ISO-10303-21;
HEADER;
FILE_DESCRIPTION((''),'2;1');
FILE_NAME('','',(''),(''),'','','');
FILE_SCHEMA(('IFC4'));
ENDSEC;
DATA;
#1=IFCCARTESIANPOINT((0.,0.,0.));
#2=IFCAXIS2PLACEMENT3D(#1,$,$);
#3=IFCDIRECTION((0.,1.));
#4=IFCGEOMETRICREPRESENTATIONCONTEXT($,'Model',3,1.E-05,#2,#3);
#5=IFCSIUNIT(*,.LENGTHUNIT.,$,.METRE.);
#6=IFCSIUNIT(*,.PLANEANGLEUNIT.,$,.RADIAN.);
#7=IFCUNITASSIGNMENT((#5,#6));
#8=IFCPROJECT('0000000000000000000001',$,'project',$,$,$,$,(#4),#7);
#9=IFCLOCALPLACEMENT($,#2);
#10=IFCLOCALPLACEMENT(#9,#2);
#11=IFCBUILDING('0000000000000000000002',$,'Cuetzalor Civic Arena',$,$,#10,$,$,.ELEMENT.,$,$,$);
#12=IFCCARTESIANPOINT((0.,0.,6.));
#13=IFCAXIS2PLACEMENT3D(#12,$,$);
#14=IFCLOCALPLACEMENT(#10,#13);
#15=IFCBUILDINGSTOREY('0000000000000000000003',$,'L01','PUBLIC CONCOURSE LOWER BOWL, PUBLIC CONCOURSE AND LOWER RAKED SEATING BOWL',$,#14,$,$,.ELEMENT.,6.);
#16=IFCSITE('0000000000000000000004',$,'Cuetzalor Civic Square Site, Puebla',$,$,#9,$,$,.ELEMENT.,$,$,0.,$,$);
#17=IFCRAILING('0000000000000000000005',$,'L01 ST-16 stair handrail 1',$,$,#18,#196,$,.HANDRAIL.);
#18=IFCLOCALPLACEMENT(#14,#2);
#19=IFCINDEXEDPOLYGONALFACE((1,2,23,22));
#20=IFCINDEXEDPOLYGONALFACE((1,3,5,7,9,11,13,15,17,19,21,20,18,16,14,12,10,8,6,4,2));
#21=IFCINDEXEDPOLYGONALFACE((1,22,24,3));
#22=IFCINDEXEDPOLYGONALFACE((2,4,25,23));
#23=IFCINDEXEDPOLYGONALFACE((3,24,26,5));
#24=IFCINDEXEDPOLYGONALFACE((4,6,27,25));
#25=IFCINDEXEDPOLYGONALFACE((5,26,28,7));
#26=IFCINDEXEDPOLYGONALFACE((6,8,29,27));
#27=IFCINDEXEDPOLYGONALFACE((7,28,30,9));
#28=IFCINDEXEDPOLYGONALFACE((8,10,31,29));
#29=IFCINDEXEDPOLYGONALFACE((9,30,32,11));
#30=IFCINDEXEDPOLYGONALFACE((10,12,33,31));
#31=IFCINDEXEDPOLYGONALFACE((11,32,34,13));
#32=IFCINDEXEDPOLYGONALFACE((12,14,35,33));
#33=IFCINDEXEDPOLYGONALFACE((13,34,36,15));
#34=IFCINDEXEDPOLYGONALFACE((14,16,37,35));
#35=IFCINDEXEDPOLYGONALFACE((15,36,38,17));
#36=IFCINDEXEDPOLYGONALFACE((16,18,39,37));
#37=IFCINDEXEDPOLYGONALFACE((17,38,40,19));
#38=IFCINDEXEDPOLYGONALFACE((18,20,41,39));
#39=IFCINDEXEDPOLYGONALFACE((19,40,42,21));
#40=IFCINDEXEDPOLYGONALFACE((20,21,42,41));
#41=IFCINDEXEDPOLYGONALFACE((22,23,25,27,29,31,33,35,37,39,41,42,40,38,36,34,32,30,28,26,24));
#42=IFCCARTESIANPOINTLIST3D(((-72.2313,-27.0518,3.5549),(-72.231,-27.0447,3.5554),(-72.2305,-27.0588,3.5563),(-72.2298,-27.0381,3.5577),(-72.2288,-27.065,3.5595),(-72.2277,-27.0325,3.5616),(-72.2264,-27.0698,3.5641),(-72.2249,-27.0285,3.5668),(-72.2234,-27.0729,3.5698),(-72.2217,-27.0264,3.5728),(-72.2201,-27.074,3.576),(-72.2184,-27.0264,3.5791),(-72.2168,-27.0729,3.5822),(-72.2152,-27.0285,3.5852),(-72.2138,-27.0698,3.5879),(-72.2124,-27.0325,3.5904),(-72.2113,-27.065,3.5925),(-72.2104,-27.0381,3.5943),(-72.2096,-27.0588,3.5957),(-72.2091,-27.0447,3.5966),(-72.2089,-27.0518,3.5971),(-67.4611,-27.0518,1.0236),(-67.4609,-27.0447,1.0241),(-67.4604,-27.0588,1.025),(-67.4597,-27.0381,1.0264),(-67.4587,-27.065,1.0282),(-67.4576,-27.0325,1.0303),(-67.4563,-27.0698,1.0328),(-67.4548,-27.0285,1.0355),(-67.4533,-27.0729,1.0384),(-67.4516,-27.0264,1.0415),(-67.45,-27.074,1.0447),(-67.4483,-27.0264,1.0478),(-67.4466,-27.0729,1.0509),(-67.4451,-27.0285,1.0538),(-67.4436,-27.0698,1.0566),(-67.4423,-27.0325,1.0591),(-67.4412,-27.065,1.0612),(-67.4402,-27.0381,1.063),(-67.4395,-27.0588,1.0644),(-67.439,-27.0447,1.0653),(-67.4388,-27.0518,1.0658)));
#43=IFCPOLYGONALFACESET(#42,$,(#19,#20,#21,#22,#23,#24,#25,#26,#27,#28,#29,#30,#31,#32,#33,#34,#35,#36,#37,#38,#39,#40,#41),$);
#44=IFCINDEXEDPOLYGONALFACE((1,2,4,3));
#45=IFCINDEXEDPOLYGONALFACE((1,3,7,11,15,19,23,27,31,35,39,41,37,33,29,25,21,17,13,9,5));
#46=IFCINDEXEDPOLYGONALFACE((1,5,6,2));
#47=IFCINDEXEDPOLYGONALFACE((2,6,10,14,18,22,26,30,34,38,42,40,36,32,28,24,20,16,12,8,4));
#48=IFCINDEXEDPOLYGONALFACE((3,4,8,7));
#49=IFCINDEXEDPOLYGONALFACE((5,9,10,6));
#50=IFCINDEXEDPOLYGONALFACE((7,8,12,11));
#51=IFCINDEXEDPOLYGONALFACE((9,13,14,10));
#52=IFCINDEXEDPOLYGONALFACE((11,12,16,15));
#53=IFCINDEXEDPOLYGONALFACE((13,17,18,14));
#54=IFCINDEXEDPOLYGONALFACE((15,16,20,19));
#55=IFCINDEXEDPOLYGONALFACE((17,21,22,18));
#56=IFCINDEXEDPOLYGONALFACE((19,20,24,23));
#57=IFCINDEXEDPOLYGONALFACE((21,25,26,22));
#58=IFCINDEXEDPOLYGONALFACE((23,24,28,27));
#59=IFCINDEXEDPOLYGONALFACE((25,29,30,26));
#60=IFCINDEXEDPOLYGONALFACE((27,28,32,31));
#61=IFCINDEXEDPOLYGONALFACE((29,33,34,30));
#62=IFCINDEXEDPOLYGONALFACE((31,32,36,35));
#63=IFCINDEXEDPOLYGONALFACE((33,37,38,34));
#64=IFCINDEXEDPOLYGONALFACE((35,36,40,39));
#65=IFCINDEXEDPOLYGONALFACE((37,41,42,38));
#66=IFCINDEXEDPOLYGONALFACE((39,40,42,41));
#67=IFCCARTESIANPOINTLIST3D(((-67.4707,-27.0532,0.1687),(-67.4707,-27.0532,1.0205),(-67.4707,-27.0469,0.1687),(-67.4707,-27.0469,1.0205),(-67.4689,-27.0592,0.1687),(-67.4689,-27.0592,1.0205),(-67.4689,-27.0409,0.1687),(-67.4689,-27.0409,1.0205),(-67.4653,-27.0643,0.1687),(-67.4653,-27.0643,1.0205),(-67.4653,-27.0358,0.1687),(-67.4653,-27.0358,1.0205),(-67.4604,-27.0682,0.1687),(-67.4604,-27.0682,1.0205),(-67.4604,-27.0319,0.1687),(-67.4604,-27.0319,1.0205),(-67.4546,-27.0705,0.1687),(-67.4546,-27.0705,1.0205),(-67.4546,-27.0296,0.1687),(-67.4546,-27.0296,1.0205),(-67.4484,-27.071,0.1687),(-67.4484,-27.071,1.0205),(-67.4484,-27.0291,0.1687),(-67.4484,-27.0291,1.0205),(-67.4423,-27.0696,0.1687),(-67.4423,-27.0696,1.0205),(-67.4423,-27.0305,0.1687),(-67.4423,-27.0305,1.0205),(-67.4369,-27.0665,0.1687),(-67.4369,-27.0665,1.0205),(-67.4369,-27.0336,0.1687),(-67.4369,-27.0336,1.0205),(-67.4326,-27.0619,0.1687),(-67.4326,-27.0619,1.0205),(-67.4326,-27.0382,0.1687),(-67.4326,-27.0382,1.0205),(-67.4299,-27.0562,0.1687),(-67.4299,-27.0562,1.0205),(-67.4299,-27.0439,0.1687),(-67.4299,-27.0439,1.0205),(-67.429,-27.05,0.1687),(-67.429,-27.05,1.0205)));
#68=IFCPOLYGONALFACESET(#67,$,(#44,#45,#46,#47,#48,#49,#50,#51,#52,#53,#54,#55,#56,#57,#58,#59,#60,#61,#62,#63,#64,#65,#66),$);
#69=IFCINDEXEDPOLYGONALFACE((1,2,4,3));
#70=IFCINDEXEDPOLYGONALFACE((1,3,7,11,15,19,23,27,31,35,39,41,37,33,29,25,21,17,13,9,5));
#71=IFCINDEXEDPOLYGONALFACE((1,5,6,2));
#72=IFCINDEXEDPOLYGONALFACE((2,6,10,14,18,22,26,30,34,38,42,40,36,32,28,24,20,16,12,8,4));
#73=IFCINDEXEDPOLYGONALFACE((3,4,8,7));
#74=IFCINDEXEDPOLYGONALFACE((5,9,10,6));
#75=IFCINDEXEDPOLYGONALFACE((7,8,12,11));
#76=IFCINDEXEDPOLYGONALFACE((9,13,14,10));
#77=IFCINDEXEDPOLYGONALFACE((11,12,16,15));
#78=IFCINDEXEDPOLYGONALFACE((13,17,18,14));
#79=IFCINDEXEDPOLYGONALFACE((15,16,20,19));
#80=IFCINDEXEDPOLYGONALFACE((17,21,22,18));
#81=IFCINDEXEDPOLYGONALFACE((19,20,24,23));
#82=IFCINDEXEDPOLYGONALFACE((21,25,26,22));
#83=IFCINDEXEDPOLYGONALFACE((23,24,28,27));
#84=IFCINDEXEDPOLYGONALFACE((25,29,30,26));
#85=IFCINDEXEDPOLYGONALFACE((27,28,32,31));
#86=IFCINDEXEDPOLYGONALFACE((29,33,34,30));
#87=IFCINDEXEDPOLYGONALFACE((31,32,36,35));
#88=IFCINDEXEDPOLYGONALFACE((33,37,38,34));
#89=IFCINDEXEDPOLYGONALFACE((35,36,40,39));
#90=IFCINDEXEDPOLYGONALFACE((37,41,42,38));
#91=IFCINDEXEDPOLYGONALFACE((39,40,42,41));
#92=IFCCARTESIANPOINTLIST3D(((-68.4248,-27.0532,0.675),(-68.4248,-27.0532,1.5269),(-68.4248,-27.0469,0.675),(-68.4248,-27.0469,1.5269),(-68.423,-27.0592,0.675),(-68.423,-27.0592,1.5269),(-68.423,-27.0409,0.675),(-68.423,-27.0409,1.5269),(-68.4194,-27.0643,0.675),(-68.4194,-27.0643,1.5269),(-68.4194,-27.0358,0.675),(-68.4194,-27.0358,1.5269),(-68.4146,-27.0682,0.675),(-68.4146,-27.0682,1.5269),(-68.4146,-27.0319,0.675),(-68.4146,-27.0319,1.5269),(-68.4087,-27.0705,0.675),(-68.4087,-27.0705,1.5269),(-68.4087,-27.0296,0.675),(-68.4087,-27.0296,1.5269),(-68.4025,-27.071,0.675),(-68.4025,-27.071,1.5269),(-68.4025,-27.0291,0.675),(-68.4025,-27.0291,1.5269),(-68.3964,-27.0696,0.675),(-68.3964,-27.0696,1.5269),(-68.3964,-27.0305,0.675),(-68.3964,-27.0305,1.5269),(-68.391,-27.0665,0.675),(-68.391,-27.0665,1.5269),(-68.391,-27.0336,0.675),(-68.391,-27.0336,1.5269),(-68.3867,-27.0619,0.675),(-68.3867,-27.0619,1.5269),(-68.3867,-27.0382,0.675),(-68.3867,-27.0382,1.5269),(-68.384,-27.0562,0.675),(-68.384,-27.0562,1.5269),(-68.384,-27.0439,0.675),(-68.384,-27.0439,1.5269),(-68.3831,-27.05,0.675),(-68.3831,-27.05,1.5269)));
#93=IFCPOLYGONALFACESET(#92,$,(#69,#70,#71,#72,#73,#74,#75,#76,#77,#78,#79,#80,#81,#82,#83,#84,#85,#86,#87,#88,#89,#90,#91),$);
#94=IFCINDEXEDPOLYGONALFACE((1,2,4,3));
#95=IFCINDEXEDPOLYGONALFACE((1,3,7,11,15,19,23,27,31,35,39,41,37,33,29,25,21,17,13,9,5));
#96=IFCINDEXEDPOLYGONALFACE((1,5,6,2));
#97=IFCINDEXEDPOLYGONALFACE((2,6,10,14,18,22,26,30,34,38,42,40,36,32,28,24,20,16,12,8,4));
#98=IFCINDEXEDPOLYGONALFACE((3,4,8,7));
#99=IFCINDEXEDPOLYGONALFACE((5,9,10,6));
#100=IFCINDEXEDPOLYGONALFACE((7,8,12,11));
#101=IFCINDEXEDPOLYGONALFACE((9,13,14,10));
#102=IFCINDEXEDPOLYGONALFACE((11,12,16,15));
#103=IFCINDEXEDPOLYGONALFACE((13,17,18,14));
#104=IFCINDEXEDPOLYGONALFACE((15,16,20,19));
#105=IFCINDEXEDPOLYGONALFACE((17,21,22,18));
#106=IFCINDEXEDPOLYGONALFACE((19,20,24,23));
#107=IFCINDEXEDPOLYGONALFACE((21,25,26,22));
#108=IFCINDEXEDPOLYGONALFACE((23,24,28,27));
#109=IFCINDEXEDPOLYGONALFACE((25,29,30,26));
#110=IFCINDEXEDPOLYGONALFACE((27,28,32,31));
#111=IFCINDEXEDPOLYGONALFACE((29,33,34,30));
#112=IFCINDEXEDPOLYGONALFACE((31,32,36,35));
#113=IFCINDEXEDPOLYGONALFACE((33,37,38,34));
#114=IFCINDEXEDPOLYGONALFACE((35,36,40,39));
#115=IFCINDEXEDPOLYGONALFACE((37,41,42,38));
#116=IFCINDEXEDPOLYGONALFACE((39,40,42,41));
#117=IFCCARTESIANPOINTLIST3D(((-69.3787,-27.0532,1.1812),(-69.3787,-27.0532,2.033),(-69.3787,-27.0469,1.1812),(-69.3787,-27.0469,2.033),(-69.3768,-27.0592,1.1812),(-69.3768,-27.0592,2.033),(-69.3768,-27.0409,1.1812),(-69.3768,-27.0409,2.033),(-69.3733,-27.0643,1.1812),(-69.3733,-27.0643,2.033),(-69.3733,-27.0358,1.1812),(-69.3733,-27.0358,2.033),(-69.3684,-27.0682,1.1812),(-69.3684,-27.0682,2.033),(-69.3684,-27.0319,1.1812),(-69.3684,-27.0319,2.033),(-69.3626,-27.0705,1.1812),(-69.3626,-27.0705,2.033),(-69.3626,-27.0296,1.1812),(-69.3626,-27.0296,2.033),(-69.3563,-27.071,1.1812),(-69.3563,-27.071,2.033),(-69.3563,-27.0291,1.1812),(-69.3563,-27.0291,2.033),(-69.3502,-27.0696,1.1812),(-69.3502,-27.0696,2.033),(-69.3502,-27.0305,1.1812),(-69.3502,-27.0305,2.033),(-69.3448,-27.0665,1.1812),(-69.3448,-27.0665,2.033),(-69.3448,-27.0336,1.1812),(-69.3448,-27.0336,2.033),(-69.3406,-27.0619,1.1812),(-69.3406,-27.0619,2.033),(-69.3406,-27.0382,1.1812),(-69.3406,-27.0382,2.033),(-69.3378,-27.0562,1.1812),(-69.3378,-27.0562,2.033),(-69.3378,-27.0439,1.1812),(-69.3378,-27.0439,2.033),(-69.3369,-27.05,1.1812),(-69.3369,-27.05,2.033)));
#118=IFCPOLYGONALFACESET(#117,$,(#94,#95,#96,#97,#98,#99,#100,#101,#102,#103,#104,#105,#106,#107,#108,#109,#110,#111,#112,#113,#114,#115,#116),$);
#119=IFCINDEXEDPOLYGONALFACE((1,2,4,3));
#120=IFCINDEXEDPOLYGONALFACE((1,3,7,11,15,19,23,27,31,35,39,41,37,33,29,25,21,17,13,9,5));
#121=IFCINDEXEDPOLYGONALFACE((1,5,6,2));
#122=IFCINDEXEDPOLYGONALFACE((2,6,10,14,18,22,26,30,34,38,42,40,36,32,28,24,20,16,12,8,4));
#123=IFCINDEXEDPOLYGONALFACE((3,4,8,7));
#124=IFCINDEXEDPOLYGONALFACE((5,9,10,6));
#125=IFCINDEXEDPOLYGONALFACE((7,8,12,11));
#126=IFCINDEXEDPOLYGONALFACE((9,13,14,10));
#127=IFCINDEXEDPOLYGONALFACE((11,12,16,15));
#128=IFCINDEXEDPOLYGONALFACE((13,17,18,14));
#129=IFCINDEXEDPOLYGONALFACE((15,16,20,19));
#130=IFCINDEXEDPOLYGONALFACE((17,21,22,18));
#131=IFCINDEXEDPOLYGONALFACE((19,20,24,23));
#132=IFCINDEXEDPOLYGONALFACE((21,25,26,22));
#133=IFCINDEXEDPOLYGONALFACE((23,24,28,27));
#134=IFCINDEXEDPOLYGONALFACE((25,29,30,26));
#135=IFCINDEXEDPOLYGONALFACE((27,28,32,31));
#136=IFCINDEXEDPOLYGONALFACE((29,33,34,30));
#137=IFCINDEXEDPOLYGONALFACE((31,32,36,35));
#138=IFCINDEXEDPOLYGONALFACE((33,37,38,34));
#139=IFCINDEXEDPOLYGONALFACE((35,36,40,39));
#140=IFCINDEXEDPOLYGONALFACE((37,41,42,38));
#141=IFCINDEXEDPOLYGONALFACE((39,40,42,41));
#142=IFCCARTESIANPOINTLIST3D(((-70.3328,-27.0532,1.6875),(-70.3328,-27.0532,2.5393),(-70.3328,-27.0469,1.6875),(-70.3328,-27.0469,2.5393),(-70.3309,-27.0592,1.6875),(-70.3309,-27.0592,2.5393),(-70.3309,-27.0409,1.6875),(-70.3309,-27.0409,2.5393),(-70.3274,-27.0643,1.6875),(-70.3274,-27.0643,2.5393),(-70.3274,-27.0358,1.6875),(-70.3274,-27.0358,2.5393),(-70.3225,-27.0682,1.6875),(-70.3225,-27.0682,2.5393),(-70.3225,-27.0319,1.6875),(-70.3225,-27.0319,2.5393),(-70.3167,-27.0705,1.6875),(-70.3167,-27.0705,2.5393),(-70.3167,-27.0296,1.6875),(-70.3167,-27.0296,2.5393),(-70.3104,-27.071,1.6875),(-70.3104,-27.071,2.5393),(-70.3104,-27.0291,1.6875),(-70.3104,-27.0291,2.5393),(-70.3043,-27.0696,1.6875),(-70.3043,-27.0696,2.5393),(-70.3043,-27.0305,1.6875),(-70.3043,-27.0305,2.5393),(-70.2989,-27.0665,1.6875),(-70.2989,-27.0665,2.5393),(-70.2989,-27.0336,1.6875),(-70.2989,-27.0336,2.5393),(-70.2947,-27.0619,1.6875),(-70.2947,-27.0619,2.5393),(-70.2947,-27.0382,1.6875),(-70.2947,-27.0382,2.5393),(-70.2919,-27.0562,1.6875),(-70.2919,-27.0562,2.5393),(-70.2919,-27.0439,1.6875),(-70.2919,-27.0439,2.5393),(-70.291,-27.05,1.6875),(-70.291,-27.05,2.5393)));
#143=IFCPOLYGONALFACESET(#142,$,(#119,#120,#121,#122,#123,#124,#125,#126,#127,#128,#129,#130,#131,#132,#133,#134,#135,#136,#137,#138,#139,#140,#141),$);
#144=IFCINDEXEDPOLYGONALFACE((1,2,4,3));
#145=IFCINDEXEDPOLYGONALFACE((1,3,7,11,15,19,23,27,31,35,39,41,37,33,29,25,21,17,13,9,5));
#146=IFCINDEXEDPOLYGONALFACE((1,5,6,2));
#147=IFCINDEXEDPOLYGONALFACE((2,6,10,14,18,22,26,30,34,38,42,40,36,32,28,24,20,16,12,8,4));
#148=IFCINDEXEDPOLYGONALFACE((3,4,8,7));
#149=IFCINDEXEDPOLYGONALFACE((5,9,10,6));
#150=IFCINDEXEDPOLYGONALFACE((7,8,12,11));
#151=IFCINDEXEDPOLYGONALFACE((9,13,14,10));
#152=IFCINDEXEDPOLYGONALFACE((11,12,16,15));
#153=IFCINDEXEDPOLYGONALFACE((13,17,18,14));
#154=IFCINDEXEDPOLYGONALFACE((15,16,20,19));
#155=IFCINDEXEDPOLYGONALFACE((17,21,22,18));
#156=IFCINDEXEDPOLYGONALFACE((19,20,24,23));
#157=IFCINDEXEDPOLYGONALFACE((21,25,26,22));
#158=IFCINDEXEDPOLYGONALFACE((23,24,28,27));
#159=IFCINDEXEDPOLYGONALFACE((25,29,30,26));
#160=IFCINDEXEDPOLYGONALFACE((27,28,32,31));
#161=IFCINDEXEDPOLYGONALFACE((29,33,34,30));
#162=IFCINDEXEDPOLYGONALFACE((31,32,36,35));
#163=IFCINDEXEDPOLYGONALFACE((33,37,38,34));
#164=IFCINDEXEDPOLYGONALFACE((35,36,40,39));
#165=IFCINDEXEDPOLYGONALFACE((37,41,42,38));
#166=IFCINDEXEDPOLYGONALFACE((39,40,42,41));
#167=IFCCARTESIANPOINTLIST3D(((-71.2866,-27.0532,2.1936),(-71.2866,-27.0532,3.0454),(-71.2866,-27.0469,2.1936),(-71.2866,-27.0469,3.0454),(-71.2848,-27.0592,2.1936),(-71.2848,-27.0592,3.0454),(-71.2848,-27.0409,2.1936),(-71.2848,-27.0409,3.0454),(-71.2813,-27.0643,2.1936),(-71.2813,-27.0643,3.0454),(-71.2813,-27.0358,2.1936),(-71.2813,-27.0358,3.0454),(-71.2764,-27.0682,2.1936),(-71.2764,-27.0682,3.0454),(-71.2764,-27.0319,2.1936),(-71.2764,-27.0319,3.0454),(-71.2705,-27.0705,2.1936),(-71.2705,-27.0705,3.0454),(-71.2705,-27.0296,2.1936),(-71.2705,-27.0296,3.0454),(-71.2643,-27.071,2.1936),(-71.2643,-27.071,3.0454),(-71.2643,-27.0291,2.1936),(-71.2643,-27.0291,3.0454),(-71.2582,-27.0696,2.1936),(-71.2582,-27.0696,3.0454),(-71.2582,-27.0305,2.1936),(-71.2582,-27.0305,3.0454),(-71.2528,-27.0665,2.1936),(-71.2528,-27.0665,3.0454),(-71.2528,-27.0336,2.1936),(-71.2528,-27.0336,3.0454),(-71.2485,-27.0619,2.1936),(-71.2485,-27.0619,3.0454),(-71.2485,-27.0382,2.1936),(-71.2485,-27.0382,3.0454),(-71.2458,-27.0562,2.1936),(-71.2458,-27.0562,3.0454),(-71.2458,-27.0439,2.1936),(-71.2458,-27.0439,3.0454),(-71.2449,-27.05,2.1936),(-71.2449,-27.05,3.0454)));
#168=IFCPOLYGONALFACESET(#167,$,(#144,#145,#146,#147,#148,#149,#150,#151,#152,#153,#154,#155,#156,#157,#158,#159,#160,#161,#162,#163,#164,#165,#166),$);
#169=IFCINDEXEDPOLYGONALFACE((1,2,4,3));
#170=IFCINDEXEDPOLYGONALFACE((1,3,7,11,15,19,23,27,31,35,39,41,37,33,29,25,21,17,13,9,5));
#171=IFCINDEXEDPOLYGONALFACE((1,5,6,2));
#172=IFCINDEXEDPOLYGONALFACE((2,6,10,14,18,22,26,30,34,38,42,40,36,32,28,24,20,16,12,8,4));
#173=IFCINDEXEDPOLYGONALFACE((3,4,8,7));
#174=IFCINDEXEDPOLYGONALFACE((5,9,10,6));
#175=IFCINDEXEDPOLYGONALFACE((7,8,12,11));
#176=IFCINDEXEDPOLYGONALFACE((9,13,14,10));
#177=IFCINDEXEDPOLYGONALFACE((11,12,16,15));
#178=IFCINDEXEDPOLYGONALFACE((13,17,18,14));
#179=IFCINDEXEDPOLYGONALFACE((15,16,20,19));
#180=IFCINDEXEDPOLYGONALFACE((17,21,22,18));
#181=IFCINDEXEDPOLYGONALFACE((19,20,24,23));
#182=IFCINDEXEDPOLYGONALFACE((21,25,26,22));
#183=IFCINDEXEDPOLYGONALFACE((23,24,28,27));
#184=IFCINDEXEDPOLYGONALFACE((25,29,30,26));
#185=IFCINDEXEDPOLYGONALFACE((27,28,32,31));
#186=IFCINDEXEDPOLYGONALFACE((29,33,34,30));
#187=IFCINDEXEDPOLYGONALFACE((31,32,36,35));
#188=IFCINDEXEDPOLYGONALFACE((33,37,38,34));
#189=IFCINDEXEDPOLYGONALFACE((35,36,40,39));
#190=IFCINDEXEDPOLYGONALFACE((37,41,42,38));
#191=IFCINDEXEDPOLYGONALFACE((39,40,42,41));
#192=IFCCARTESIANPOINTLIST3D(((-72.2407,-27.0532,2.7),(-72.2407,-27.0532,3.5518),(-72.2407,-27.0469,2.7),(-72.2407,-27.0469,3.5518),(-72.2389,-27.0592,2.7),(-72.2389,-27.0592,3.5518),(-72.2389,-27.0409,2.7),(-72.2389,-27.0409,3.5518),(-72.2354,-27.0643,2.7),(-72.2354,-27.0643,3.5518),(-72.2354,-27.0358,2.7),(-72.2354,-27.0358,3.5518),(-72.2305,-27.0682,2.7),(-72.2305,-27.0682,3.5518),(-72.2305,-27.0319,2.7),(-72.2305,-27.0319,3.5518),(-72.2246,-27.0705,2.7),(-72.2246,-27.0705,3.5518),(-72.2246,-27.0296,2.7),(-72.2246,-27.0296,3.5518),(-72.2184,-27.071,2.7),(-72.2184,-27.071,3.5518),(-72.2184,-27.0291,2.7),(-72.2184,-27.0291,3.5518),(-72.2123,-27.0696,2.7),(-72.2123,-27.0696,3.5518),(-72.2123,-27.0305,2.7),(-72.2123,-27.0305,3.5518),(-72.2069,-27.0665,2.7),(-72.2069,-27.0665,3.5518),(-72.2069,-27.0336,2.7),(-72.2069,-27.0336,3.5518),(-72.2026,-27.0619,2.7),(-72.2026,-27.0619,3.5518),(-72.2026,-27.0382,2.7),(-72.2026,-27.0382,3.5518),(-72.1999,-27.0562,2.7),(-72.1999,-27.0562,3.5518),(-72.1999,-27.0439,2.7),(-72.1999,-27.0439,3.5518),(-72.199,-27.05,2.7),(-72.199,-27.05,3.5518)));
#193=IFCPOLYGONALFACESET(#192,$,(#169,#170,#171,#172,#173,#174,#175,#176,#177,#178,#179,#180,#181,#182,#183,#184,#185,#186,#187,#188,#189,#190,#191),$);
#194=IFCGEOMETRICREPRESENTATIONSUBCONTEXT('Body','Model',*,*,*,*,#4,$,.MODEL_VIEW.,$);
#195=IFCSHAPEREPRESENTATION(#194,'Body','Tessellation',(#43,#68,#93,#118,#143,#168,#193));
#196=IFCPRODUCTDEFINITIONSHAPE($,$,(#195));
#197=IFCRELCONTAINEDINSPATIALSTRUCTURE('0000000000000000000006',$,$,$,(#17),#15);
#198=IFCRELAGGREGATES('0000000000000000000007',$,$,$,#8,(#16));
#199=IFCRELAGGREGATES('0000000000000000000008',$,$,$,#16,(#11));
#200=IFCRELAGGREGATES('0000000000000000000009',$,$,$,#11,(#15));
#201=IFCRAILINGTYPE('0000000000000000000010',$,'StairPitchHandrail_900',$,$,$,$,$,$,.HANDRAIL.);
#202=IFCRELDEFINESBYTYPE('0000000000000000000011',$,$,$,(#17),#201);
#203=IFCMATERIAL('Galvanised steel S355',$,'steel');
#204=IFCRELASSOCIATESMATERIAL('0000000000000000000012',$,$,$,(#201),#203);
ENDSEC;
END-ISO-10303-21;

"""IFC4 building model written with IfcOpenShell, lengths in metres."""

from ifc_helpers import new_model, si_unit, direction, frame, origin, origin_2d, place, context, subcontext, project, spatial, circle, extrude, material, type_object, element, save


model = new_model("IFC4")

# Units and contexts
model_context = context("Model", 3, precision=1e-05, world=origin(), true_north=direction((0.0, 1.0)))
body_context = subcontext(model_context, "Body", "Model", "MODEL_VIEW")
ifc_project = project(units=[si_unit("LENGTHUNIT", "METRE"), si_unit("PLANEANGLEUNIT", "RADIAN")], contexts=[model_context])

# Site, building, storey
site_placement = place(None, origin())
site = spatial("IfcSite", under=ifc_project, at=site_placement, Name="Cuetzalor Civic Square Site, Puebla", CompositionType="ELEMENT", RefElevation=0.0)
building_placement = place(site_placement, origin())
building = spatial("IfcBuilding", under=site, at=building_placement, Name="Cuetzalor Civic Arena", CompositionType="ELEMENT")
storey_placement = place(building_placement, frame((0.0, 0.0, 6.0)))
storey = spatial("IfcBuildingStorey", under=building, at=storey_placement, Name="L01", Description="PUBLIC CONCOURSE LOWER BOWL, PUBLIC CONCOURSE AND LOWER RAKED SEATING BOWL", CompositionType="ELEMENT", Elevation=6.0)

# Railing
ifc_material_1 = material(Name="Galvanised steel S355", Category="steel")
railing_type = type_object("IfcRailingType", Name="StairPitchHandrail_900", PredefinedType="HANDRAIL", material=ifc_material_1)
railing_placement = place(storey_placement, frame((-67.45, -27.05, 0.1687)))
element("IfcRailing", 1, at=railing_placement, inside=storey, type_object=railing_type, Name="L01 ST-16 stair handrail 1", PredefinedType="HANDRAIL", context=body_context, shape_type="SweptSolid", body=[
    extrude(circle(Radius=0.0239, at=origin_2d()), frame((0.0, 0.0, 0.876), z_axis=(-0.883332, 0.0, 0.468747), x_axis=(0.0, -1.0, 0.0)), (0.0, 0.0, 1.0), 5.4001),
    extrude(circle(Radius=0.021, at=origin_2d()), origin(), (0.0, 0.0, 1.0), 0.8518),
    extrude(circle(Radius=0.021, at=origin_2d()), frame((-0.9541, 0.0, 0.5063)), (0.0, 0.0, 1.0), 0.8518),
    extrude(circle(Radius=0.021, at=origin_2d()), frame((-1.908, 0.0, 1.0125)), (0.0, 0.0, 1.0), 0.8518),
    extrude(circle(Radius=0.021, at=origin_2d()), frame((-2.8621, 0.0, 1.5188)), (0.0, 0.0, 1.0), 0.8518),
    extrude(circle(Radius=0.021, at=origin_2d()), frame((-3.8159, 0.0, 2.0249)), (0.0, 0.0, 1.0), 0.8518),
    extrude(circle(Radius=0.021, at=origin_2d()), frame((-4.77, 0.0, 2.5312)), (0.0, 0.0, 1.0), 0.8518),
])

save(model, "model.ifc")
